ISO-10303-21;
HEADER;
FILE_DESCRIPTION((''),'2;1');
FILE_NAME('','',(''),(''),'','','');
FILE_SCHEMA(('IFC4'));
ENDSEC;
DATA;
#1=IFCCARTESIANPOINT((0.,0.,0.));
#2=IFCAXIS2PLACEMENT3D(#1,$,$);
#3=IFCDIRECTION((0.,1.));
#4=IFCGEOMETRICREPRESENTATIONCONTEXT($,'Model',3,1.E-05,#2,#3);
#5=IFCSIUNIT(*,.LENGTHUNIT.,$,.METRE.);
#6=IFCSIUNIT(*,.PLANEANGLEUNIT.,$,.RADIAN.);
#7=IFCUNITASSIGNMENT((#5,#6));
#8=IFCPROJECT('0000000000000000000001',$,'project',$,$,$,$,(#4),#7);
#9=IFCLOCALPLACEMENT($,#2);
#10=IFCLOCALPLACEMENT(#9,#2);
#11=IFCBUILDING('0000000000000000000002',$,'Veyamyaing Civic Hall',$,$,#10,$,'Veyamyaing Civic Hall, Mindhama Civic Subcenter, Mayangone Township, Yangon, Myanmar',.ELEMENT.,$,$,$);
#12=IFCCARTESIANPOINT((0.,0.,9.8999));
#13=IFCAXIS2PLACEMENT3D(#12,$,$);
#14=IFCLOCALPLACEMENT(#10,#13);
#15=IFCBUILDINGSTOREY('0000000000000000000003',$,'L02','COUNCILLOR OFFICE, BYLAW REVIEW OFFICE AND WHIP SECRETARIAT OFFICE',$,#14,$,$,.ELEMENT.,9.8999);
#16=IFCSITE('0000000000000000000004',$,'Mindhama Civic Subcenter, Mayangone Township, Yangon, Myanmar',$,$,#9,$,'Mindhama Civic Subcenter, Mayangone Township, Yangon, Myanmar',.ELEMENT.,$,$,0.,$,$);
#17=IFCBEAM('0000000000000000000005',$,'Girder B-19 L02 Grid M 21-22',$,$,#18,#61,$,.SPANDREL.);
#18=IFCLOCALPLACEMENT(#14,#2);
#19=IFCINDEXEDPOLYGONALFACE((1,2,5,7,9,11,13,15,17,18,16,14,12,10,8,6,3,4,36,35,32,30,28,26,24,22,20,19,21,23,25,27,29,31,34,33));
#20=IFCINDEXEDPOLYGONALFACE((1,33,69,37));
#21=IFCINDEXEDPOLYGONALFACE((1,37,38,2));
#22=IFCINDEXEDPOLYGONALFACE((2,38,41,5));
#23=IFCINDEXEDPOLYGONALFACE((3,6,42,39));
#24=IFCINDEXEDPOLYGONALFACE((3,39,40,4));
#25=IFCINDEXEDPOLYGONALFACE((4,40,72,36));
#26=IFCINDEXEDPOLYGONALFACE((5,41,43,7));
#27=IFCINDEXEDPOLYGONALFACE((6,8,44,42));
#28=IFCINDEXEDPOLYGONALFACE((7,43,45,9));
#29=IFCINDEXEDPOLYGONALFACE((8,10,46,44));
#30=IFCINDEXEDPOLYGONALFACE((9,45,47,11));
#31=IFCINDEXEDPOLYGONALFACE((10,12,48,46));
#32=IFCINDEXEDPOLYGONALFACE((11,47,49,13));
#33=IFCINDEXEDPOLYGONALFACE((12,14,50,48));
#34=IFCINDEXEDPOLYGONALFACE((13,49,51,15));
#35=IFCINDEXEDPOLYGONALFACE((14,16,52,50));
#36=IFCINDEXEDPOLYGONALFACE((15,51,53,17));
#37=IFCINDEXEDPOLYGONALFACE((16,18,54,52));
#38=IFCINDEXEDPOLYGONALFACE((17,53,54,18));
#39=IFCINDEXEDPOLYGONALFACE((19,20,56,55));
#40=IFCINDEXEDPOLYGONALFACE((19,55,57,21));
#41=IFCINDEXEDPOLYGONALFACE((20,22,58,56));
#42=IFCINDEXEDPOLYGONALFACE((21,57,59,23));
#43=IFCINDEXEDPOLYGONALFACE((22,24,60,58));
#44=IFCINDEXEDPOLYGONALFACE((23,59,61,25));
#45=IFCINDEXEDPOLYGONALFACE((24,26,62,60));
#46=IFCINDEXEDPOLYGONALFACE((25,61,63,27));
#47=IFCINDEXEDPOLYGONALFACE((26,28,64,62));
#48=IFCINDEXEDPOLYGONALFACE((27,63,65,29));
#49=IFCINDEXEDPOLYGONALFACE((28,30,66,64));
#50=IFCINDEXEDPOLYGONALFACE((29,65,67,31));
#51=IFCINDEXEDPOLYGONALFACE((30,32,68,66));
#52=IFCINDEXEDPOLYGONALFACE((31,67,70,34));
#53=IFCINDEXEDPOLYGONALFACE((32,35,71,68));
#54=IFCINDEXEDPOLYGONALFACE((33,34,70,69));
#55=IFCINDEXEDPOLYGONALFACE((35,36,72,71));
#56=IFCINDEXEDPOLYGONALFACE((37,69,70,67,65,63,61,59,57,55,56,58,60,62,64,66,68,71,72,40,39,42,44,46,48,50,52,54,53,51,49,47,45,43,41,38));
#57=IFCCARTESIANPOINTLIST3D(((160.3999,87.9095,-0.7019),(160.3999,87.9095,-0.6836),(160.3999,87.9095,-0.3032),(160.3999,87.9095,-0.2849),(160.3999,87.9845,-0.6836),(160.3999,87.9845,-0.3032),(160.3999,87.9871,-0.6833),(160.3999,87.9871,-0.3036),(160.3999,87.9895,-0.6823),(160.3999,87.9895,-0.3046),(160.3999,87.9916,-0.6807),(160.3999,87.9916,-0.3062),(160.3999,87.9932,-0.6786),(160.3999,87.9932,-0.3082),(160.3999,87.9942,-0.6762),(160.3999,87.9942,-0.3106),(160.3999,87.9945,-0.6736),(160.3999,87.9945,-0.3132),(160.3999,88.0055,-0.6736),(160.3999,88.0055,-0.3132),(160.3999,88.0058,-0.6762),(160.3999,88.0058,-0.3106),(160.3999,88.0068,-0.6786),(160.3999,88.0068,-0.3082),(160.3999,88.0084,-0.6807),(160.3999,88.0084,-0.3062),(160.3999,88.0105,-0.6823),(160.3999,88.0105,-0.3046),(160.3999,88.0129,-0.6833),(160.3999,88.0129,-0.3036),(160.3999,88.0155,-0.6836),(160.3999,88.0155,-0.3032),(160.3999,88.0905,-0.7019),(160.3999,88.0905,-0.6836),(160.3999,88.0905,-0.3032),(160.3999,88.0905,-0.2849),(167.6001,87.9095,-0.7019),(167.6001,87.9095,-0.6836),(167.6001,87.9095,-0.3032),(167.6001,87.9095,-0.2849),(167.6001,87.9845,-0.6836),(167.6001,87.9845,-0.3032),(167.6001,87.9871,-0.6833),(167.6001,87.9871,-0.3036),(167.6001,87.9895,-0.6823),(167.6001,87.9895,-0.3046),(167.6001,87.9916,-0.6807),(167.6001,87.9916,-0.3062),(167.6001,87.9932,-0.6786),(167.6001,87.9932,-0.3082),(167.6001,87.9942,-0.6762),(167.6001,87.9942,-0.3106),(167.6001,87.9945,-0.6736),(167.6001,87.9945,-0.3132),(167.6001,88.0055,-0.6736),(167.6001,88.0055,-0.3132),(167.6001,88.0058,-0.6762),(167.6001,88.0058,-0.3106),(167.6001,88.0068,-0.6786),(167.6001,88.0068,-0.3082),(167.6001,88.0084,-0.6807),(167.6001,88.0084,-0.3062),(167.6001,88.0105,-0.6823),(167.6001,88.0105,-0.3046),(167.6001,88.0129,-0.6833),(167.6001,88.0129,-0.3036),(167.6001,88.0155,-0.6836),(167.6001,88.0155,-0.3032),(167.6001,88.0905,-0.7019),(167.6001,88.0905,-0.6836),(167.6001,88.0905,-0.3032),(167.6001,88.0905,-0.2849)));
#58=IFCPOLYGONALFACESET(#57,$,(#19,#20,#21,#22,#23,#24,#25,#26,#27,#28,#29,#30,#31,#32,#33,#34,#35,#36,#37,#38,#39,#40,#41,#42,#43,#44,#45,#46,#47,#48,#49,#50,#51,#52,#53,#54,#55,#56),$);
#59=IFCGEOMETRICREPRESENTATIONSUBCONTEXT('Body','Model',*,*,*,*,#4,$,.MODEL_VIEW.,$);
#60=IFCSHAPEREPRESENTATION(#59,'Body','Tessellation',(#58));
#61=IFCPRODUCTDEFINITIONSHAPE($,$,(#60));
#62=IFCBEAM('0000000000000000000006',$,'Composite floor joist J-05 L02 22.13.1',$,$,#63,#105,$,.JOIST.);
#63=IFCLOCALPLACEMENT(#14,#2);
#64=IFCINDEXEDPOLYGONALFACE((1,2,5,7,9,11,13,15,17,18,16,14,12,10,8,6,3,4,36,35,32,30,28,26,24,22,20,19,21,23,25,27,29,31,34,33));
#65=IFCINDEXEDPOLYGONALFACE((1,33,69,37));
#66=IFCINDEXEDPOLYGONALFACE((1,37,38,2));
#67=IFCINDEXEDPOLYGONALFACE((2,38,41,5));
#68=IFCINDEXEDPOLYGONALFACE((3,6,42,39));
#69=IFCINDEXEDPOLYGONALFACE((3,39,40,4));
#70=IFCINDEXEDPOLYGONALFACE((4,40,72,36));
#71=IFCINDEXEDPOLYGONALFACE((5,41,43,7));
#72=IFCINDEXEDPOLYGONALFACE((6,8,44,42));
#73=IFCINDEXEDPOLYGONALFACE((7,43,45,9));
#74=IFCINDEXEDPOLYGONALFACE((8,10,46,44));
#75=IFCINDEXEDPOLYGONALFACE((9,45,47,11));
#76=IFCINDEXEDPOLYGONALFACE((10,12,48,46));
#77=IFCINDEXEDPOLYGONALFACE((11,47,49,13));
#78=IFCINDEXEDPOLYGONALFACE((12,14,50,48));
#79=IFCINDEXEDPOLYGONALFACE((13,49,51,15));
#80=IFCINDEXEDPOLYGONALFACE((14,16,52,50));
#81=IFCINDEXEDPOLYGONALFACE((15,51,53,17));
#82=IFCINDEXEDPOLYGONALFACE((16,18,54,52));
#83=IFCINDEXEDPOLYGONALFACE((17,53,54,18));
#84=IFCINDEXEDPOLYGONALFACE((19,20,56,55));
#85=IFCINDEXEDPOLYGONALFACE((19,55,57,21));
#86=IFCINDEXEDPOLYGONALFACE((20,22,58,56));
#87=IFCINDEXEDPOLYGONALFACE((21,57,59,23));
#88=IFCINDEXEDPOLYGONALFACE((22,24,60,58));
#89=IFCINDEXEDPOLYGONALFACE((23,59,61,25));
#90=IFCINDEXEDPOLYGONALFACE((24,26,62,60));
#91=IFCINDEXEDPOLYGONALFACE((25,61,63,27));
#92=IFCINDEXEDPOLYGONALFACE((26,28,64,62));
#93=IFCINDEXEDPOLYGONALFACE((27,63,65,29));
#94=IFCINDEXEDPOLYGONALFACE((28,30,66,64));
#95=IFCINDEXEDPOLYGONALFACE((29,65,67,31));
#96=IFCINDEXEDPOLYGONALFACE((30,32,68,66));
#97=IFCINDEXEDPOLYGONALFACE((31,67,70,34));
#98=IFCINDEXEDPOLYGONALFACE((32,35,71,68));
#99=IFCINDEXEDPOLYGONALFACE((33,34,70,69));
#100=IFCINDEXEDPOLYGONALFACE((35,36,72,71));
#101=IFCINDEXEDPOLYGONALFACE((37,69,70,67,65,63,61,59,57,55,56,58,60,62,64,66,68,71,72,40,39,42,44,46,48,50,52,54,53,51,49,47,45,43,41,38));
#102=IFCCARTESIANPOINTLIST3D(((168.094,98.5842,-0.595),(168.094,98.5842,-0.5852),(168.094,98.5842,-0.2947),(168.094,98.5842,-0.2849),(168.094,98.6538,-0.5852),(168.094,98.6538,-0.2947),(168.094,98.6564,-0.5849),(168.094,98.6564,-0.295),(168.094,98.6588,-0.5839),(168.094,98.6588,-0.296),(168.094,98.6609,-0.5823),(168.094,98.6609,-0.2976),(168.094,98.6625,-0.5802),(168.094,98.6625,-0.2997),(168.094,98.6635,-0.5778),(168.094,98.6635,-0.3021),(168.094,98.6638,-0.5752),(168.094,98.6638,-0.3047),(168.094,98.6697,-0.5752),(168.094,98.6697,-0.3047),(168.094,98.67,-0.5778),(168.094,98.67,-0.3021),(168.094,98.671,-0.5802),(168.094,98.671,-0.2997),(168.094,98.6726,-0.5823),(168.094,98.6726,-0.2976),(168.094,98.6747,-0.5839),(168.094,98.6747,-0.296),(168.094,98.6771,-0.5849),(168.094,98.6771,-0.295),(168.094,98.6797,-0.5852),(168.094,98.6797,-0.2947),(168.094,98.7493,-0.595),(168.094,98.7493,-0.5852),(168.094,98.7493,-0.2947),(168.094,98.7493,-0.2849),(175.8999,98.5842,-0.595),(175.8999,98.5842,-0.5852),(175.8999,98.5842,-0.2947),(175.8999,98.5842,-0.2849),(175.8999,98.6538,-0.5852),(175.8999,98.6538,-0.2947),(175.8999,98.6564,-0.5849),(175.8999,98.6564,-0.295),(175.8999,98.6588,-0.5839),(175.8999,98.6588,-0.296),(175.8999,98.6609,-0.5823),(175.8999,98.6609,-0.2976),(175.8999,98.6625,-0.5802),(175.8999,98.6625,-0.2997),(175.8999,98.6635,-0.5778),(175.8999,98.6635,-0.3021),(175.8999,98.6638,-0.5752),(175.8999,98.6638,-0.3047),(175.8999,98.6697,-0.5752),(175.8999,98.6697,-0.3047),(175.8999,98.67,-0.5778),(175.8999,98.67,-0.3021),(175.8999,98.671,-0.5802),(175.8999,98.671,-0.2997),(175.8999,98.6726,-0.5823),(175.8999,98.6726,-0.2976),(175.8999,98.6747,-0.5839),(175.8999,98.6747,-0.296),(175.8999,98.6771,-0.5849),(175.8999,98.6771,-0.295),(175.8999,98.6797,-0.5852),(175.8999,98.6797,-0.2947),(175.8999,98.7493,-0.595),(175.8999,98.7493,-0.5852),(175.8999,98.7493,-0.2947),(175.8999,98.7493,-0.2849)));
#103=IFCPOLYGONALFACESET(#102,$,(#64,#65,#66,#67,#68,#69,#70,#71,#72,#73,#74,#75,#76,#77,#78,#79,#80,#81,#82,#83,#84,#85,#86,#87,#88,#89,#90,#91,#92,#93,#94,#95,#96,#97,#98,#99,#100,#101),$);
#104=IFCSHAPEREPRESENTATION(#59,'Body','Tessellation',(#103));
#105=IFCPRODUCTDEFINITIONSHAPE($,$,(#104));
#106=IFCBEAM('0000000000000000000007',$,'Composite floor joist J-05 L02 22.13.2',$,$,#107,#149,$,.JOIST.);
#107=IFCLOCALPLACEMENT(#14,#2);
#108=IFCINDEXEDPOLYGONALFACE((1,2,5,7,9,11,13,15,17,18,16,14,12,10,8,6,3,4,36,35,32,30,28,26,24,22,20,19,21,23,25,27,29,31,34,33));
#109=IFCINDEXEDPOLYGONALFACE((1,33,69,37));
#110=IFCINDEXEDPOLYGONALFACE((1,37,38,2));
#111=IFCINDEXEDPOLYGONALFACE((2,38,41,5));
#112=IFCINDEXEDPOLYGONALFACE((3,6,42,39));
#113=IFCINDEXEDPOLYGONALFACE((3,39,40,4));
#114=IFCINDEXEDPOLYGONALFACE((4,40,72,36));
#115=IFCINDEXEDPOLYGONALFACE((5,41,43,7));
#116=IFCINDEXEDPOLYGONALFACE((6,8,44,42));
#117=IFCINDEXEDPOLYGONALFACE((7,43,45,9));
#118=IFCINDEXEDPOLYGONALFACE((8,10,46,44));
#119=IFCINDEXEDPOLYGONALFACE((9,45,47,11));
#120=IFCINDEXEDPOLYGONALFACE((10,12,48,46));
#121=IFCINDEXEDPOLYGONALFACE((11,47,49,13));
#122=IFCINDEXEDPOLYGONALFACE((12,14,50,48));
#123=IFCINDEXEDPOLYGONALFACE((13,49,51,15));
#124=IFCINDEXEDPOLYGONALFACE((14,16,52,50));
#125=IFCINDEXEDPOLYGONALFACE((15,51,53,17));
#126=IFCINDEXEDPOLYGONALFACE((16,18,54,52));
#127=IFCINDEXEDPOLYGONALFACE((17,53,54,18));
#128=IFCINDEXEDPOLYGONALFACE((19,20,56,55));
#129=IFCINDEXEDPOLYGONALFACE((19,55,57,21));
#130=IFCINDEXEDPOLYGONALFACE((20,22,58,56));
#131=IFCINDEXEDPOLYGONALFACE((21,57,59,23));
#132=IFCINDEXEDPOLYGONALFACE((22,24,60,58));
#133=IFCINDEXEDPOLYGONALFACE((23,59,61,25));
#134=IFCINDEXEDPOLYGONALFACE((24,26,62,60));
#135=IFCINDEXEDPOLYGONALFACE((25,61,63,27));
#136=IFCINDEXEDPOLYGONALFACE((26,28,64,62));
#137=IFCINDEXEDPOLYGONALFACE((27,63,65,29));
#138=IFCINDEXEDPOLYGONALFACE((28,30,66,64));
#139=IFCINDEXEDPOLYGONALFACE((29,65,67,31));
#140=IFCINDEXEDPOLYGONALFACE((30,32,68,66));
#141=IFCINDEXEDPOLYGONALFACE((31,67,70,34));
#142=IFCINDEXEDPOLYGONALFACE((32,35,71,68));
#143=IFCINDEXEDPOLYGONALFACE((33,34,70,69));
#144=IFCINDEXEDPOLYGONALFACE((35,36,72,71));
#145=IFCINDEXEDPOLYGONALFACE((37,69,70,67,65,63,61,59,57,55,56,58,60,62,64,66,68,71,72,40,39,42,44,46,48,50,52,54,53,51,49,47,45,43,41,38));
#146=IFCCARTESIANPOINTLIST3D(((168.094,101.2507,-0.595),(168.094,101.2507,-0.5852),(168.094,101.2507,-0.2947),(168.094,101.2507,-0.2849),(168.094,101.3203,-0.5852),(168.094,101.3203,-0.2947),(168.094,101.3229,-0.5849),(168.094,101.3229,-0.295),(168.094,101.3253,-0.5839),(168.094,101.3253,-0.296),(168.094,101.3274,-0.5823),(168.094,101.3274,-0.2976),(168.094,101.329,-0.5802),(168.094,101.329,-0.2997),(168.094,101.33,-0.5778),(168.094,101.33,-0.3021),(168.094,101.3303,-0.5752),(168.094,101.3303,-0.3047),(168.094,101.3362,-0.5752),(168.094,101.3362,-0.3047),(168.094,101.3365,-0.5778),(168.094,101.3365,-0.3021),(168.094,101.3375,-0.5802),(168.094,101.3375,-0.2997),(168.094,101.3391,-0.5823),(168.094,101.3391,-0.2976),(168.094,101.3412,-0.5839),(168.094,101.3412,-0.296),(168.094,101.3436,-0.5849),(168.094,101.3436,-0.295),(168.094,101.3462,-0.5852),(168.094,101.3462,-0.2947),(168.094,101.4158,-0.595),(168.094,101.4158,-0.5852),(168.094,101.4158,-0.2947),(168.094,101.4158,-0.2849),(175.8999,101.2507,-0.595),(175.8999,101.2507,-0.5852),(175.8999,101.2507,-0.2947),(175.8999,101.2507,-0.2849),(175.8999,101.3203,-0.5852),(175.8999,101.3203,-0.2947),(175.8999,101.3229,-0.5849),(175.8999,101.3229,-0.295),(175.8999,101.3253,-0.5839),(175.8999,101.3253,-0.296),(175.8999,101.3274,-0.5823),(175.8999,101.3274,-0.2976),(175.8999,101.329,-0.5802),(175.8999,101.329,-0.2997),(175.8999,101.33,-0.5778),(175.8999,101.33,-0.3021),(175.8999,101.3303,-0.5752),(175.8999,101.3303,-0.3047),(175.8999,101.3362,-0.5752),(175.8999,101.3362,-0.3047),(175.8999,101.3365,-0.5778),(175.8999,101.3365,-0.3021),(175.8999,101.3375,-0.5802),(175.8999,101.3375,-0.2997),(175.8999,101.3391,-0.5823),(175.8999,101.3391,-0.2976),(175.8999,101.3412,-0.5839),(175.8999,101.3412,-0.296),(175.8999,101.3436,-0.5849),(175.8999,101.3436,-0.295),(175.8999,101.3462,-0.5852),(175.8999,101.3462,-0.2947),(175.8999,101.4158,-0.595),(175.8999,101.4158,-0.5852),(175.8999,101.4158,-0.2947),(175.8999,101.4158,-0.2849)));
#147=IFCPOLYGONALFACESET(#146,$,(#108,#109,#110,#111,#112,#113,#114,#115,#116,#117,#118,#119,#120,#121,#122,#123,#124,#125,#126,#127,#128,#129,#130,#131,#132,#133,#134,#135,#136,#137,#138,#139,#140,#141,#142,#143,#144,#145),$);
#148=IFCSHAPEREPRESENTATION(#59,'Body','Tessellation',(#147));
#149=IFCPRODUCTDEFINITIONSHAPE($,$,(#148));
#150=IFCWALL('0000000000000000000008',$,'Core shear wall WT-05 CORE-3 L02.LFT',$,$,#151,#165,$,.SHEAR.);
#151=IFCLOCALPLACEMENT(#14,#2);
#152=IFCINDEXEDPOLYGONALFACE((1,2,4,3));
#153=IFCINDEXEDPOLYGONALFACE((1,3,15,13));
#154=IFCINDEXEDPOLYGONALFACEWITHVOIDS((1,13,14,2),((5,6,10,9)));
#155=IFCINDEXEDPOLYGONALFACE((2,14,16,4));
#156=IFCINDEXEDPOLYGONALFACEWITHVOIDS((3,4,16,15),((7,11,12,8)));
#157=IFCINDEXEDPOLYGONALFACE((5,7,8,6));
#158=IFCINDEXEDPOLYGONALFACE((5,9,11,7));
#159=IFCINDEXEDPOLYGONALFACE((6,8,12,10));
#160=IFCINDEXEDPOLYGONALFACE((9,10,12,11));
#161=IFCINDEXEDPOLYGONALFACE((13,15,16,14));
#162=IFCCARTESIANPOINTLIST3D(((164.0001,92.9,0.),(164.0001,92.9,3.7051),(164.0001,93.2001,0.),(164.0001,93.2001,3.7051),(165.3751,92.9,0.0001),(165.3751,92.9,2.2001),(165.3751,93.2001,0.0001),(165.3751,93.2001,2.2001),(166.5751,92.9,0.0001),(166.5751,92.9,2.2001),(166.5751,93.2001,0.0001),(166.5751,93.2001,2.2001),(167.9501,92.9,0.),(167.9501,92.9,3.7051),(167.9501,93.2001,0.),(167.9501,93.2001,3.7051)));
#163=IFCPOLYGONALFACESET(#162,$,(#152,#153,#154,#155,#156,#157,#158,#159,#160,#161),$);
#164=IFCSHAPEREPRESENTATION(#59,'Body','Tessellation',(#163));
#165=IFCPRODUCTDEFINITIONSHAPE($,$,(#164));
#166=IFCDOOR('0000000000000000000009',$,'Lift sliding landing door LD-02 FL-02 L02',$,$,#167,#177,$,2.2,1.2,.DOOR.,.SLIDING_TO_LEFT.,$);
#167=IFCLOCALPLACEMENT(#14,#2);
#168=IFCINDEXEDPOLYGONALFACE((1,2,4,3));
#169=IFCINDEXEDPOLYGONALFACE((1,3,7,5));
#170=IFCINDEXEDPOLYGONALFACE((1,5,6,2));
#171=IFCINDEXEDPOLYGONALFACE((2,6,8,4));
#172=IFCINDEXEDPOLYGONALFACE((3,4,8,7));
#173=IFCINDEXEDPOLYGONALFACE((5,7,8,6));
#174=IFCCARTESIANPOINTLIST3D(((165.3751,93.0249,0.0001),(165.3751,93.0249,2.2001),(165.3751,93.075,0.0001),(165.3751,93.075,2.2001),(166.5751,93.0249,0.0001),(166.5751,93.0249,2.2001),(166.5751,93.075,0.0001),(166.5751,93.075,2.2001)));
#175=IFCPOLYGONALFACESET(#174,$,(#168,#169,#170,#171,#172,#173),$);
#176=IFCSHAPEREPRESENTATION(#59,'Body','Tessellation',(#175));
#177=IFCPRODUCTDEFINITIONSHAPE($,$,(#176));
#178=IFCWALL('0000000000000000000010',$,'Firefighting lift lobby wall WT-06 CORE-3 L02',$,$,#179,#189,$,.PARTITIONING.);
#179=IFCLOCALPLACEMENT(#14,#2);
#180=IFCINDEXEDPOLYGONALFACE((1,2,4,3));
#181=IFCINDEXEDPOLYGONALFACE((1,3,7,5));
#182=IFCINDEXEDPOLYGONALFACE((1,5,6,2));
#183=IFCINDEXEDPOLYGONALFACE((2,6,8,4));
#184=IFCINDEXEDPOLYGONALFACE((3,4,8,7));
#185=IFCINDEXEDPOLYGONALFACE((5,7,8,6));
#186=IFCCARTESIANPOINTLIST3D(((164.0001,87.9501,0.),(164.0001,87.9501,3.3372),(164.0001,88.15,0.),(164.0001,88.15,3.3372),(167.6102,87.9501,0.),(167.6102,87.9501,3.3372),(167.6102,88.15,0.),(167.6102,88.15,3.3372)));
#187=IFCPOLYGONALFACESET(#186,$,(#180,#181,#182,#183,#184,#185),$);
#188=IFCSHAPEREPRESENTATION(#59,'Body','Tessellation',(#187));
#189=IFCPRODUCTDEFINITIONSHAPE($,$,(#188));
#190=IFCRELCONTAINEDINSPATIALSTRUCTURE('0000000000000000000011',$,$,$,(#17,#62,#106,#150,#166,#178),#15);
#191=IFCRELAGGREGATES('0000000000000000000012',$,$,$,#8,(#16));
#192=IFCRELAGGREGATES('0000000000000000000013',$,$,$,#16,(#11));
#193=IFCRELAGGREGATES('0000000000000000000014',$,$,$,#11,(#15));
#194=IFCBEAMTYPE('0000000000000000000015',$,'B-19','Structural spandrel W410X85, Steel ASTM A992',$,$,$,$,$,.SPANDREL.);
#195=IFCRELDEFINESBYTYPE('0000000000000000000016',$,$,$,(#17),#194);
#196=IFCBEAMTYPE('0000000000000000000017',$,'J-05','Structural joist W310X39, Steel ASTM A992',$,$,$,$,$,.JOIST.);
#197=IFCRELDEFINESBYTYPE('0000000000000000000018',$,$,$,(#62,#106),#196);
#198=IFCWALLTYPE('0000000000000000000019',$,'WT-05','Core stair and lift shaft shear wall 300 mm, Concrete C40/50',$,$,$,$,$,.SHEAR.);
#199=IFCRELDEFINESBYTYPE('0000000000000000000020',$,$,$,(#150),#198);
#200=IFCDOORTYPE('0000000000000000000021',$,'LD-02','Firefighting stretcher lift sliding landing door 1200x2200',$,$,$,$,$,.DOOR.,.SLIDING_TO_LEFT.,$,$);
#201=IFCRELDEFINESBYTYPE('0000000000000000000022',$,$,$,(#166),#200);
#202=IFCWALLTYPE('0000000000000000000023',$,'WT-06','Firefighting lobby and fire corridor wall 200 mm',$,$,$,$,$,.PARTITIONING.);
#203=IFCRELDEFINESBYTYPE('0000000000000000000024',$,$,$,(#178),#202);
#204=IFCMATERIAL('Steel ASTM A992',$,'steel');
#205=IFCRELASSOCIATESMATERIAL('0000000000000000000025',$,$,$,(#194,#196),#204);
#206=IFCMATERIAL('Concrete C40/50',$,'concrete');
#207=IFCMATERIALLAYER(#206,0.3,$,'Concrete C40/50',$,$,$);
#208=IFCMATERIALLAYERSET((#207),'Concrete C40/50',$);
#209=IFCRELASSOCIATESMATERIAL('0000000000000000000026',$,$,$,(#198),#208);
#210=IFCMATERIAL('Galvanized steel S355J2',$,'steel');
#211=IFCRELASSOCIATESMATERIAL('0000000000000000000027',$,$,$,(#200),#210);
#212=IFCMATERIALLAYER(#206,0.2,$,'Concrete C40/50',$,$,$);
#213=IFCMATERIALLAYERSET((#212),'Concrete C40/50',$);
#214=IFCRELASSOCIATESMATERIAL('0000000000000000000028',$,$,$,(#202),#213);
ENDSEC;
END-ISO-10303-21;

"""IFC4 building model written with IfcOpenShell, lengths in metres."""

from ifc_helpers import new_model, si_unit, direction, frame, frame_2d, origin, origin_2d, place, context, subcontext, project, spatial, rectangle, i_section, extrude, material, layer, layer_set, material_profile, profile_set, type_object, element, fill, save


model = new_model("IFC4")

# Units and contexts
model_context = context("Model", 3, precision=1e-05, world=origin(), true_north=direction((0.0, 1.0)))
body_context = subcontext(model_context, "Body", "Model", "MODEL_VIEW")
ifc_project = project(units=[si_unit("LENGTHUNIT", "METRE"), si_unit("PLANEANGLEUNIT", "RADIAN")], contexts=[model_context])

# Site, building, storey
site_placement = place(None, origin())
site = spatial("IfcSite", under=ifc_project, at=site_placement, Name="Mindhama Civic Subcenter, Mayangone Township, Yangon, Myanmar", LongName="Mindhama Civic Subcenter, Mayangone Township, Yangon, Myanmar", CompositionType="ELEMENT", RefElevation=0.0)
building_placement = place(site_placement, origin())
building = spatial("IfcBuilding", under=site, at=building_placement, Name="Veyamyaing Civic Hall", LongName="Veyamyaing Civic Hall, Mindhama Civic Subcenter, Mayangone Township, Yangon, Myanmar", CompositionType="ELEMENT")
storey_placement = place(building_placement, frame((0.0, 0.0, 9.8999)))
storey = spatial("IfcBuildingStorey", under=building, at=storey_placement, Name="L02", Description="COUNCILLOR OFFICE, BYLAW REVIEW OFFICE AND WHIP SECRETARIAT OFFICE", CompositionType="ELEMENT", Elevation=9.8999)

# Beams
ifc_material_1 = material(Name="Steel ASTM A992", Category="steel")
ifc_material_profile_1 = material_profile(ifc_material_1, i_section(OverallWidth=0.1809, OverallDepth=0.417, WebThickness=0.011, FlangeThickness=0.0183, FilletRadius=0.01, at=origin_2d()), Name="W410X85")
ifc_profile_set_1 = profile_set([ifc_material_profile_1], Name="Steel ASTM A992")
beam_type_1 = type_object("IfcBeamType", Name="B-19", Description="Structural spandrel W410X85, Steel ASTM A992", PredefinedType="SPANDREL", material=ifc_profile_set_1)
beam_1_placement = place(storey_placement, frame((160.3999, 88.0, -0.4934), z_axis=(1.0, 0.0, 0.0), x_axis=(0.0, 1.0, 0.0)))
element("IfcBeam", 1, at=beam_1_placement, inside=storey, type_object=beam_type_1, Name="Girder B-19 L02 Grid M 21-22", PredefinedType="SPANDREL", context=body_context, shape_type="SweptSolid", body=[
    extrude(i_section(OverallWidth=0.1809, OverallDepth=0.417, WebThickness=0.011, FlangeThickness=0.0183, FilletRadius=0.01, at=origin_2d()), origin(), (0.0, 0.0, 1.0), 7.2002),
])
ifc_material_profile_2 = material_profile(ifc_material_1, i_section(OverallWidth=0.165, OverallDepth=0.3101, WebThickness=0.0059, FlangeThickness=0.0098, FilletRadius=0.01, at=origin_2d()), Name="W310X39")
ifc_profile_set_2 = profile_set([ifc_material_profile_2], Name="Steel ASTM A992")
beam_type_2 = type_object("IfcBeamType", Name="J-05", Description="Structural joist W310X39, Steel ASTM A992", PredefinedType="JOIST", material=ifc_profile_set_2)
for number, where, z_axis, x_axis, name in (
    (2, (168.094, 98.6667, -0.4399), (1.0, 0.0, 0.0), (0.0, 1.0, 0.0), "Composite floor joist J-05 L02 22.13.1"),
    (3, (168.094, 101.3333, -0.4399), (1.0, 0.0, 0.0), (0.0, 1.0, 0.0), "Composite floor joist J-05 L02 22.13.2"),
):
    element("IfcBeam", number, at=place(storey_placement, frame(where, z_axis=z_axis, x_axis=x_axis)), inside=storey, type_object=beam_type_2, Name=name, PredefinedType="JOIST", context=body_context, shape_type="SweptSolid", body=[
        extrude(i_section(OverallWidth=0.165, OverallDepth=0.3101, WebThickness=0.0059, FlangeThickness=0.0098, FilletRadius=0.01, at=origin_2d()), origin(), (0.0, 0.0, 1.0), 7.8059),
    ])

# Wall, opening, door
ifc_material_2 = material(Name="Concrete C40/50", Category="concrete")
ifc_layer_1 = layer(ifc_material_2, 0.3, Name="Concrete C40/50")
ifc_layer_set_1 = layer_set([ifc_layer_1], Name="Concrete C40/50")
wall_type_1 = type_object("IfcWallType", Name="WT-05", Description="Core stair and lift shaft shear wall 300 mm, Concrete C40/50", PredefinedType="SHEAR", material=ifc_layer_set_1)
ifc_material_3 = material(Name="Galvanized steel S355J2", Category="steel")
wall_1_placement = place(storey_placement, frame((164.0, 93.05, 0.0), z_axis=(0.0, 0.0, 1.0), x_axis=(1.0, 0.0, 0.0)))
wall_1 = element("IfcWall", 4, at=wall_1_placement, inside=storey, type_object=wall_type_1, Name="Core shear wall WT-05 CORE-3 L02.LFT", PredefinedType="SHEAR", context=body_context, shape_type="SweptSolid", body=[
    extrude(rectangle(XDim=3.95, YDim=0.3, at=frame_2d((1.9751, 0.0))), origin(), (0.0, 0.0, 1.0), 3.7051),
])
opening_1_placement = place(wall_1_placement, frame((1.375, 0.0, 0.0)))
opening_1 = element("IfcOpeningElement", 5, at=opening_1_placement, cuts=wall_1, PredefinedType="OPENING", context=body_context, shape_type="SweptSolid", body=[
    extrude(rectangle(XDim=1.2, YDim=2.2, at=frame_2d((0.6001, 1.1001))), frame((0.0, 0.1599, 0.0), z_axis=(0.0, -1.0, 0.0), x_axis=(1.0, 0.0, 0.0)), (0.0, 0.0, 1.0), 0.3201),
])
door_type_1 = type_object("IfcDoorType", Name="LD-02", Description="Firefighting stretcher lift sliding landing door 1200x2200", OperationType="SLIDING_TO_LEFT", PredefinedType="DOOR", material=ifc_material_3)
door_1_placement = place(opening_1_placement, origin())
door_1 = element("IfcDoor", 6, at=door_1_placement, inside=storey, type_object=door_type_1, Name="Lift sliding landing door LD-02 FL-02 L02", OperationType="SLIDING_TO_LEFT", OverallHeight=2.2, OverallWidth=1.2, PredefinedType="DOOR", context=body_context, shape_type="SweptSolid", body=[
    extrude(rectangle(XDim=1.2, YDim=2.2, at=frame_2d((0.6001, 1.1001))), frame((0.0, 0.0249, 0.0), z_axis=(0.0, -1.0, 0.0), x_axis=(1.0, 0.0, 0.0)), (0.0, 0.0, 1.0), 0.05),
])
fill(opening_1, door_1)

# Wall
ifc_layer_2 = layer(ifc_material_2, 0.2, Name="Concrete C40/50")
ifc_layer_set_2 = layer_set([ifc_layer_2], Name="Concrete C40/50")
wall_type_2 = type_object("IfcWallType", Name="WT-06", Description="Firefighting lobby and fire corridor wall 200 mm", PredefinedType="PARTITIONING", material=ifc_layer_set_2)
wall_2_placement = place(storey_placement, frame((164.0, 88.05, 0.0), z_axis=(0.0, 0.0, 1.0), x_axis=(1.0, 0.0, 0.0)))
element("IfcWall", 7, at=wall_2_placement, inside=storey, type_object=wall_type_2, Name="Firefighting lift lobby wall WT-06 CORE-3 L02", PredefinedType="PARTITIONING", context=body_context, shape_type="SweptSolid", body=[
    extrude(rectangle(XDim=3.6101, YDim=0.2, at=frame_2d((1.8052, 0.0))), origin(), (0.0, 0.0, 1.0), 3.3372),
])

save(model, "model.ifc")
